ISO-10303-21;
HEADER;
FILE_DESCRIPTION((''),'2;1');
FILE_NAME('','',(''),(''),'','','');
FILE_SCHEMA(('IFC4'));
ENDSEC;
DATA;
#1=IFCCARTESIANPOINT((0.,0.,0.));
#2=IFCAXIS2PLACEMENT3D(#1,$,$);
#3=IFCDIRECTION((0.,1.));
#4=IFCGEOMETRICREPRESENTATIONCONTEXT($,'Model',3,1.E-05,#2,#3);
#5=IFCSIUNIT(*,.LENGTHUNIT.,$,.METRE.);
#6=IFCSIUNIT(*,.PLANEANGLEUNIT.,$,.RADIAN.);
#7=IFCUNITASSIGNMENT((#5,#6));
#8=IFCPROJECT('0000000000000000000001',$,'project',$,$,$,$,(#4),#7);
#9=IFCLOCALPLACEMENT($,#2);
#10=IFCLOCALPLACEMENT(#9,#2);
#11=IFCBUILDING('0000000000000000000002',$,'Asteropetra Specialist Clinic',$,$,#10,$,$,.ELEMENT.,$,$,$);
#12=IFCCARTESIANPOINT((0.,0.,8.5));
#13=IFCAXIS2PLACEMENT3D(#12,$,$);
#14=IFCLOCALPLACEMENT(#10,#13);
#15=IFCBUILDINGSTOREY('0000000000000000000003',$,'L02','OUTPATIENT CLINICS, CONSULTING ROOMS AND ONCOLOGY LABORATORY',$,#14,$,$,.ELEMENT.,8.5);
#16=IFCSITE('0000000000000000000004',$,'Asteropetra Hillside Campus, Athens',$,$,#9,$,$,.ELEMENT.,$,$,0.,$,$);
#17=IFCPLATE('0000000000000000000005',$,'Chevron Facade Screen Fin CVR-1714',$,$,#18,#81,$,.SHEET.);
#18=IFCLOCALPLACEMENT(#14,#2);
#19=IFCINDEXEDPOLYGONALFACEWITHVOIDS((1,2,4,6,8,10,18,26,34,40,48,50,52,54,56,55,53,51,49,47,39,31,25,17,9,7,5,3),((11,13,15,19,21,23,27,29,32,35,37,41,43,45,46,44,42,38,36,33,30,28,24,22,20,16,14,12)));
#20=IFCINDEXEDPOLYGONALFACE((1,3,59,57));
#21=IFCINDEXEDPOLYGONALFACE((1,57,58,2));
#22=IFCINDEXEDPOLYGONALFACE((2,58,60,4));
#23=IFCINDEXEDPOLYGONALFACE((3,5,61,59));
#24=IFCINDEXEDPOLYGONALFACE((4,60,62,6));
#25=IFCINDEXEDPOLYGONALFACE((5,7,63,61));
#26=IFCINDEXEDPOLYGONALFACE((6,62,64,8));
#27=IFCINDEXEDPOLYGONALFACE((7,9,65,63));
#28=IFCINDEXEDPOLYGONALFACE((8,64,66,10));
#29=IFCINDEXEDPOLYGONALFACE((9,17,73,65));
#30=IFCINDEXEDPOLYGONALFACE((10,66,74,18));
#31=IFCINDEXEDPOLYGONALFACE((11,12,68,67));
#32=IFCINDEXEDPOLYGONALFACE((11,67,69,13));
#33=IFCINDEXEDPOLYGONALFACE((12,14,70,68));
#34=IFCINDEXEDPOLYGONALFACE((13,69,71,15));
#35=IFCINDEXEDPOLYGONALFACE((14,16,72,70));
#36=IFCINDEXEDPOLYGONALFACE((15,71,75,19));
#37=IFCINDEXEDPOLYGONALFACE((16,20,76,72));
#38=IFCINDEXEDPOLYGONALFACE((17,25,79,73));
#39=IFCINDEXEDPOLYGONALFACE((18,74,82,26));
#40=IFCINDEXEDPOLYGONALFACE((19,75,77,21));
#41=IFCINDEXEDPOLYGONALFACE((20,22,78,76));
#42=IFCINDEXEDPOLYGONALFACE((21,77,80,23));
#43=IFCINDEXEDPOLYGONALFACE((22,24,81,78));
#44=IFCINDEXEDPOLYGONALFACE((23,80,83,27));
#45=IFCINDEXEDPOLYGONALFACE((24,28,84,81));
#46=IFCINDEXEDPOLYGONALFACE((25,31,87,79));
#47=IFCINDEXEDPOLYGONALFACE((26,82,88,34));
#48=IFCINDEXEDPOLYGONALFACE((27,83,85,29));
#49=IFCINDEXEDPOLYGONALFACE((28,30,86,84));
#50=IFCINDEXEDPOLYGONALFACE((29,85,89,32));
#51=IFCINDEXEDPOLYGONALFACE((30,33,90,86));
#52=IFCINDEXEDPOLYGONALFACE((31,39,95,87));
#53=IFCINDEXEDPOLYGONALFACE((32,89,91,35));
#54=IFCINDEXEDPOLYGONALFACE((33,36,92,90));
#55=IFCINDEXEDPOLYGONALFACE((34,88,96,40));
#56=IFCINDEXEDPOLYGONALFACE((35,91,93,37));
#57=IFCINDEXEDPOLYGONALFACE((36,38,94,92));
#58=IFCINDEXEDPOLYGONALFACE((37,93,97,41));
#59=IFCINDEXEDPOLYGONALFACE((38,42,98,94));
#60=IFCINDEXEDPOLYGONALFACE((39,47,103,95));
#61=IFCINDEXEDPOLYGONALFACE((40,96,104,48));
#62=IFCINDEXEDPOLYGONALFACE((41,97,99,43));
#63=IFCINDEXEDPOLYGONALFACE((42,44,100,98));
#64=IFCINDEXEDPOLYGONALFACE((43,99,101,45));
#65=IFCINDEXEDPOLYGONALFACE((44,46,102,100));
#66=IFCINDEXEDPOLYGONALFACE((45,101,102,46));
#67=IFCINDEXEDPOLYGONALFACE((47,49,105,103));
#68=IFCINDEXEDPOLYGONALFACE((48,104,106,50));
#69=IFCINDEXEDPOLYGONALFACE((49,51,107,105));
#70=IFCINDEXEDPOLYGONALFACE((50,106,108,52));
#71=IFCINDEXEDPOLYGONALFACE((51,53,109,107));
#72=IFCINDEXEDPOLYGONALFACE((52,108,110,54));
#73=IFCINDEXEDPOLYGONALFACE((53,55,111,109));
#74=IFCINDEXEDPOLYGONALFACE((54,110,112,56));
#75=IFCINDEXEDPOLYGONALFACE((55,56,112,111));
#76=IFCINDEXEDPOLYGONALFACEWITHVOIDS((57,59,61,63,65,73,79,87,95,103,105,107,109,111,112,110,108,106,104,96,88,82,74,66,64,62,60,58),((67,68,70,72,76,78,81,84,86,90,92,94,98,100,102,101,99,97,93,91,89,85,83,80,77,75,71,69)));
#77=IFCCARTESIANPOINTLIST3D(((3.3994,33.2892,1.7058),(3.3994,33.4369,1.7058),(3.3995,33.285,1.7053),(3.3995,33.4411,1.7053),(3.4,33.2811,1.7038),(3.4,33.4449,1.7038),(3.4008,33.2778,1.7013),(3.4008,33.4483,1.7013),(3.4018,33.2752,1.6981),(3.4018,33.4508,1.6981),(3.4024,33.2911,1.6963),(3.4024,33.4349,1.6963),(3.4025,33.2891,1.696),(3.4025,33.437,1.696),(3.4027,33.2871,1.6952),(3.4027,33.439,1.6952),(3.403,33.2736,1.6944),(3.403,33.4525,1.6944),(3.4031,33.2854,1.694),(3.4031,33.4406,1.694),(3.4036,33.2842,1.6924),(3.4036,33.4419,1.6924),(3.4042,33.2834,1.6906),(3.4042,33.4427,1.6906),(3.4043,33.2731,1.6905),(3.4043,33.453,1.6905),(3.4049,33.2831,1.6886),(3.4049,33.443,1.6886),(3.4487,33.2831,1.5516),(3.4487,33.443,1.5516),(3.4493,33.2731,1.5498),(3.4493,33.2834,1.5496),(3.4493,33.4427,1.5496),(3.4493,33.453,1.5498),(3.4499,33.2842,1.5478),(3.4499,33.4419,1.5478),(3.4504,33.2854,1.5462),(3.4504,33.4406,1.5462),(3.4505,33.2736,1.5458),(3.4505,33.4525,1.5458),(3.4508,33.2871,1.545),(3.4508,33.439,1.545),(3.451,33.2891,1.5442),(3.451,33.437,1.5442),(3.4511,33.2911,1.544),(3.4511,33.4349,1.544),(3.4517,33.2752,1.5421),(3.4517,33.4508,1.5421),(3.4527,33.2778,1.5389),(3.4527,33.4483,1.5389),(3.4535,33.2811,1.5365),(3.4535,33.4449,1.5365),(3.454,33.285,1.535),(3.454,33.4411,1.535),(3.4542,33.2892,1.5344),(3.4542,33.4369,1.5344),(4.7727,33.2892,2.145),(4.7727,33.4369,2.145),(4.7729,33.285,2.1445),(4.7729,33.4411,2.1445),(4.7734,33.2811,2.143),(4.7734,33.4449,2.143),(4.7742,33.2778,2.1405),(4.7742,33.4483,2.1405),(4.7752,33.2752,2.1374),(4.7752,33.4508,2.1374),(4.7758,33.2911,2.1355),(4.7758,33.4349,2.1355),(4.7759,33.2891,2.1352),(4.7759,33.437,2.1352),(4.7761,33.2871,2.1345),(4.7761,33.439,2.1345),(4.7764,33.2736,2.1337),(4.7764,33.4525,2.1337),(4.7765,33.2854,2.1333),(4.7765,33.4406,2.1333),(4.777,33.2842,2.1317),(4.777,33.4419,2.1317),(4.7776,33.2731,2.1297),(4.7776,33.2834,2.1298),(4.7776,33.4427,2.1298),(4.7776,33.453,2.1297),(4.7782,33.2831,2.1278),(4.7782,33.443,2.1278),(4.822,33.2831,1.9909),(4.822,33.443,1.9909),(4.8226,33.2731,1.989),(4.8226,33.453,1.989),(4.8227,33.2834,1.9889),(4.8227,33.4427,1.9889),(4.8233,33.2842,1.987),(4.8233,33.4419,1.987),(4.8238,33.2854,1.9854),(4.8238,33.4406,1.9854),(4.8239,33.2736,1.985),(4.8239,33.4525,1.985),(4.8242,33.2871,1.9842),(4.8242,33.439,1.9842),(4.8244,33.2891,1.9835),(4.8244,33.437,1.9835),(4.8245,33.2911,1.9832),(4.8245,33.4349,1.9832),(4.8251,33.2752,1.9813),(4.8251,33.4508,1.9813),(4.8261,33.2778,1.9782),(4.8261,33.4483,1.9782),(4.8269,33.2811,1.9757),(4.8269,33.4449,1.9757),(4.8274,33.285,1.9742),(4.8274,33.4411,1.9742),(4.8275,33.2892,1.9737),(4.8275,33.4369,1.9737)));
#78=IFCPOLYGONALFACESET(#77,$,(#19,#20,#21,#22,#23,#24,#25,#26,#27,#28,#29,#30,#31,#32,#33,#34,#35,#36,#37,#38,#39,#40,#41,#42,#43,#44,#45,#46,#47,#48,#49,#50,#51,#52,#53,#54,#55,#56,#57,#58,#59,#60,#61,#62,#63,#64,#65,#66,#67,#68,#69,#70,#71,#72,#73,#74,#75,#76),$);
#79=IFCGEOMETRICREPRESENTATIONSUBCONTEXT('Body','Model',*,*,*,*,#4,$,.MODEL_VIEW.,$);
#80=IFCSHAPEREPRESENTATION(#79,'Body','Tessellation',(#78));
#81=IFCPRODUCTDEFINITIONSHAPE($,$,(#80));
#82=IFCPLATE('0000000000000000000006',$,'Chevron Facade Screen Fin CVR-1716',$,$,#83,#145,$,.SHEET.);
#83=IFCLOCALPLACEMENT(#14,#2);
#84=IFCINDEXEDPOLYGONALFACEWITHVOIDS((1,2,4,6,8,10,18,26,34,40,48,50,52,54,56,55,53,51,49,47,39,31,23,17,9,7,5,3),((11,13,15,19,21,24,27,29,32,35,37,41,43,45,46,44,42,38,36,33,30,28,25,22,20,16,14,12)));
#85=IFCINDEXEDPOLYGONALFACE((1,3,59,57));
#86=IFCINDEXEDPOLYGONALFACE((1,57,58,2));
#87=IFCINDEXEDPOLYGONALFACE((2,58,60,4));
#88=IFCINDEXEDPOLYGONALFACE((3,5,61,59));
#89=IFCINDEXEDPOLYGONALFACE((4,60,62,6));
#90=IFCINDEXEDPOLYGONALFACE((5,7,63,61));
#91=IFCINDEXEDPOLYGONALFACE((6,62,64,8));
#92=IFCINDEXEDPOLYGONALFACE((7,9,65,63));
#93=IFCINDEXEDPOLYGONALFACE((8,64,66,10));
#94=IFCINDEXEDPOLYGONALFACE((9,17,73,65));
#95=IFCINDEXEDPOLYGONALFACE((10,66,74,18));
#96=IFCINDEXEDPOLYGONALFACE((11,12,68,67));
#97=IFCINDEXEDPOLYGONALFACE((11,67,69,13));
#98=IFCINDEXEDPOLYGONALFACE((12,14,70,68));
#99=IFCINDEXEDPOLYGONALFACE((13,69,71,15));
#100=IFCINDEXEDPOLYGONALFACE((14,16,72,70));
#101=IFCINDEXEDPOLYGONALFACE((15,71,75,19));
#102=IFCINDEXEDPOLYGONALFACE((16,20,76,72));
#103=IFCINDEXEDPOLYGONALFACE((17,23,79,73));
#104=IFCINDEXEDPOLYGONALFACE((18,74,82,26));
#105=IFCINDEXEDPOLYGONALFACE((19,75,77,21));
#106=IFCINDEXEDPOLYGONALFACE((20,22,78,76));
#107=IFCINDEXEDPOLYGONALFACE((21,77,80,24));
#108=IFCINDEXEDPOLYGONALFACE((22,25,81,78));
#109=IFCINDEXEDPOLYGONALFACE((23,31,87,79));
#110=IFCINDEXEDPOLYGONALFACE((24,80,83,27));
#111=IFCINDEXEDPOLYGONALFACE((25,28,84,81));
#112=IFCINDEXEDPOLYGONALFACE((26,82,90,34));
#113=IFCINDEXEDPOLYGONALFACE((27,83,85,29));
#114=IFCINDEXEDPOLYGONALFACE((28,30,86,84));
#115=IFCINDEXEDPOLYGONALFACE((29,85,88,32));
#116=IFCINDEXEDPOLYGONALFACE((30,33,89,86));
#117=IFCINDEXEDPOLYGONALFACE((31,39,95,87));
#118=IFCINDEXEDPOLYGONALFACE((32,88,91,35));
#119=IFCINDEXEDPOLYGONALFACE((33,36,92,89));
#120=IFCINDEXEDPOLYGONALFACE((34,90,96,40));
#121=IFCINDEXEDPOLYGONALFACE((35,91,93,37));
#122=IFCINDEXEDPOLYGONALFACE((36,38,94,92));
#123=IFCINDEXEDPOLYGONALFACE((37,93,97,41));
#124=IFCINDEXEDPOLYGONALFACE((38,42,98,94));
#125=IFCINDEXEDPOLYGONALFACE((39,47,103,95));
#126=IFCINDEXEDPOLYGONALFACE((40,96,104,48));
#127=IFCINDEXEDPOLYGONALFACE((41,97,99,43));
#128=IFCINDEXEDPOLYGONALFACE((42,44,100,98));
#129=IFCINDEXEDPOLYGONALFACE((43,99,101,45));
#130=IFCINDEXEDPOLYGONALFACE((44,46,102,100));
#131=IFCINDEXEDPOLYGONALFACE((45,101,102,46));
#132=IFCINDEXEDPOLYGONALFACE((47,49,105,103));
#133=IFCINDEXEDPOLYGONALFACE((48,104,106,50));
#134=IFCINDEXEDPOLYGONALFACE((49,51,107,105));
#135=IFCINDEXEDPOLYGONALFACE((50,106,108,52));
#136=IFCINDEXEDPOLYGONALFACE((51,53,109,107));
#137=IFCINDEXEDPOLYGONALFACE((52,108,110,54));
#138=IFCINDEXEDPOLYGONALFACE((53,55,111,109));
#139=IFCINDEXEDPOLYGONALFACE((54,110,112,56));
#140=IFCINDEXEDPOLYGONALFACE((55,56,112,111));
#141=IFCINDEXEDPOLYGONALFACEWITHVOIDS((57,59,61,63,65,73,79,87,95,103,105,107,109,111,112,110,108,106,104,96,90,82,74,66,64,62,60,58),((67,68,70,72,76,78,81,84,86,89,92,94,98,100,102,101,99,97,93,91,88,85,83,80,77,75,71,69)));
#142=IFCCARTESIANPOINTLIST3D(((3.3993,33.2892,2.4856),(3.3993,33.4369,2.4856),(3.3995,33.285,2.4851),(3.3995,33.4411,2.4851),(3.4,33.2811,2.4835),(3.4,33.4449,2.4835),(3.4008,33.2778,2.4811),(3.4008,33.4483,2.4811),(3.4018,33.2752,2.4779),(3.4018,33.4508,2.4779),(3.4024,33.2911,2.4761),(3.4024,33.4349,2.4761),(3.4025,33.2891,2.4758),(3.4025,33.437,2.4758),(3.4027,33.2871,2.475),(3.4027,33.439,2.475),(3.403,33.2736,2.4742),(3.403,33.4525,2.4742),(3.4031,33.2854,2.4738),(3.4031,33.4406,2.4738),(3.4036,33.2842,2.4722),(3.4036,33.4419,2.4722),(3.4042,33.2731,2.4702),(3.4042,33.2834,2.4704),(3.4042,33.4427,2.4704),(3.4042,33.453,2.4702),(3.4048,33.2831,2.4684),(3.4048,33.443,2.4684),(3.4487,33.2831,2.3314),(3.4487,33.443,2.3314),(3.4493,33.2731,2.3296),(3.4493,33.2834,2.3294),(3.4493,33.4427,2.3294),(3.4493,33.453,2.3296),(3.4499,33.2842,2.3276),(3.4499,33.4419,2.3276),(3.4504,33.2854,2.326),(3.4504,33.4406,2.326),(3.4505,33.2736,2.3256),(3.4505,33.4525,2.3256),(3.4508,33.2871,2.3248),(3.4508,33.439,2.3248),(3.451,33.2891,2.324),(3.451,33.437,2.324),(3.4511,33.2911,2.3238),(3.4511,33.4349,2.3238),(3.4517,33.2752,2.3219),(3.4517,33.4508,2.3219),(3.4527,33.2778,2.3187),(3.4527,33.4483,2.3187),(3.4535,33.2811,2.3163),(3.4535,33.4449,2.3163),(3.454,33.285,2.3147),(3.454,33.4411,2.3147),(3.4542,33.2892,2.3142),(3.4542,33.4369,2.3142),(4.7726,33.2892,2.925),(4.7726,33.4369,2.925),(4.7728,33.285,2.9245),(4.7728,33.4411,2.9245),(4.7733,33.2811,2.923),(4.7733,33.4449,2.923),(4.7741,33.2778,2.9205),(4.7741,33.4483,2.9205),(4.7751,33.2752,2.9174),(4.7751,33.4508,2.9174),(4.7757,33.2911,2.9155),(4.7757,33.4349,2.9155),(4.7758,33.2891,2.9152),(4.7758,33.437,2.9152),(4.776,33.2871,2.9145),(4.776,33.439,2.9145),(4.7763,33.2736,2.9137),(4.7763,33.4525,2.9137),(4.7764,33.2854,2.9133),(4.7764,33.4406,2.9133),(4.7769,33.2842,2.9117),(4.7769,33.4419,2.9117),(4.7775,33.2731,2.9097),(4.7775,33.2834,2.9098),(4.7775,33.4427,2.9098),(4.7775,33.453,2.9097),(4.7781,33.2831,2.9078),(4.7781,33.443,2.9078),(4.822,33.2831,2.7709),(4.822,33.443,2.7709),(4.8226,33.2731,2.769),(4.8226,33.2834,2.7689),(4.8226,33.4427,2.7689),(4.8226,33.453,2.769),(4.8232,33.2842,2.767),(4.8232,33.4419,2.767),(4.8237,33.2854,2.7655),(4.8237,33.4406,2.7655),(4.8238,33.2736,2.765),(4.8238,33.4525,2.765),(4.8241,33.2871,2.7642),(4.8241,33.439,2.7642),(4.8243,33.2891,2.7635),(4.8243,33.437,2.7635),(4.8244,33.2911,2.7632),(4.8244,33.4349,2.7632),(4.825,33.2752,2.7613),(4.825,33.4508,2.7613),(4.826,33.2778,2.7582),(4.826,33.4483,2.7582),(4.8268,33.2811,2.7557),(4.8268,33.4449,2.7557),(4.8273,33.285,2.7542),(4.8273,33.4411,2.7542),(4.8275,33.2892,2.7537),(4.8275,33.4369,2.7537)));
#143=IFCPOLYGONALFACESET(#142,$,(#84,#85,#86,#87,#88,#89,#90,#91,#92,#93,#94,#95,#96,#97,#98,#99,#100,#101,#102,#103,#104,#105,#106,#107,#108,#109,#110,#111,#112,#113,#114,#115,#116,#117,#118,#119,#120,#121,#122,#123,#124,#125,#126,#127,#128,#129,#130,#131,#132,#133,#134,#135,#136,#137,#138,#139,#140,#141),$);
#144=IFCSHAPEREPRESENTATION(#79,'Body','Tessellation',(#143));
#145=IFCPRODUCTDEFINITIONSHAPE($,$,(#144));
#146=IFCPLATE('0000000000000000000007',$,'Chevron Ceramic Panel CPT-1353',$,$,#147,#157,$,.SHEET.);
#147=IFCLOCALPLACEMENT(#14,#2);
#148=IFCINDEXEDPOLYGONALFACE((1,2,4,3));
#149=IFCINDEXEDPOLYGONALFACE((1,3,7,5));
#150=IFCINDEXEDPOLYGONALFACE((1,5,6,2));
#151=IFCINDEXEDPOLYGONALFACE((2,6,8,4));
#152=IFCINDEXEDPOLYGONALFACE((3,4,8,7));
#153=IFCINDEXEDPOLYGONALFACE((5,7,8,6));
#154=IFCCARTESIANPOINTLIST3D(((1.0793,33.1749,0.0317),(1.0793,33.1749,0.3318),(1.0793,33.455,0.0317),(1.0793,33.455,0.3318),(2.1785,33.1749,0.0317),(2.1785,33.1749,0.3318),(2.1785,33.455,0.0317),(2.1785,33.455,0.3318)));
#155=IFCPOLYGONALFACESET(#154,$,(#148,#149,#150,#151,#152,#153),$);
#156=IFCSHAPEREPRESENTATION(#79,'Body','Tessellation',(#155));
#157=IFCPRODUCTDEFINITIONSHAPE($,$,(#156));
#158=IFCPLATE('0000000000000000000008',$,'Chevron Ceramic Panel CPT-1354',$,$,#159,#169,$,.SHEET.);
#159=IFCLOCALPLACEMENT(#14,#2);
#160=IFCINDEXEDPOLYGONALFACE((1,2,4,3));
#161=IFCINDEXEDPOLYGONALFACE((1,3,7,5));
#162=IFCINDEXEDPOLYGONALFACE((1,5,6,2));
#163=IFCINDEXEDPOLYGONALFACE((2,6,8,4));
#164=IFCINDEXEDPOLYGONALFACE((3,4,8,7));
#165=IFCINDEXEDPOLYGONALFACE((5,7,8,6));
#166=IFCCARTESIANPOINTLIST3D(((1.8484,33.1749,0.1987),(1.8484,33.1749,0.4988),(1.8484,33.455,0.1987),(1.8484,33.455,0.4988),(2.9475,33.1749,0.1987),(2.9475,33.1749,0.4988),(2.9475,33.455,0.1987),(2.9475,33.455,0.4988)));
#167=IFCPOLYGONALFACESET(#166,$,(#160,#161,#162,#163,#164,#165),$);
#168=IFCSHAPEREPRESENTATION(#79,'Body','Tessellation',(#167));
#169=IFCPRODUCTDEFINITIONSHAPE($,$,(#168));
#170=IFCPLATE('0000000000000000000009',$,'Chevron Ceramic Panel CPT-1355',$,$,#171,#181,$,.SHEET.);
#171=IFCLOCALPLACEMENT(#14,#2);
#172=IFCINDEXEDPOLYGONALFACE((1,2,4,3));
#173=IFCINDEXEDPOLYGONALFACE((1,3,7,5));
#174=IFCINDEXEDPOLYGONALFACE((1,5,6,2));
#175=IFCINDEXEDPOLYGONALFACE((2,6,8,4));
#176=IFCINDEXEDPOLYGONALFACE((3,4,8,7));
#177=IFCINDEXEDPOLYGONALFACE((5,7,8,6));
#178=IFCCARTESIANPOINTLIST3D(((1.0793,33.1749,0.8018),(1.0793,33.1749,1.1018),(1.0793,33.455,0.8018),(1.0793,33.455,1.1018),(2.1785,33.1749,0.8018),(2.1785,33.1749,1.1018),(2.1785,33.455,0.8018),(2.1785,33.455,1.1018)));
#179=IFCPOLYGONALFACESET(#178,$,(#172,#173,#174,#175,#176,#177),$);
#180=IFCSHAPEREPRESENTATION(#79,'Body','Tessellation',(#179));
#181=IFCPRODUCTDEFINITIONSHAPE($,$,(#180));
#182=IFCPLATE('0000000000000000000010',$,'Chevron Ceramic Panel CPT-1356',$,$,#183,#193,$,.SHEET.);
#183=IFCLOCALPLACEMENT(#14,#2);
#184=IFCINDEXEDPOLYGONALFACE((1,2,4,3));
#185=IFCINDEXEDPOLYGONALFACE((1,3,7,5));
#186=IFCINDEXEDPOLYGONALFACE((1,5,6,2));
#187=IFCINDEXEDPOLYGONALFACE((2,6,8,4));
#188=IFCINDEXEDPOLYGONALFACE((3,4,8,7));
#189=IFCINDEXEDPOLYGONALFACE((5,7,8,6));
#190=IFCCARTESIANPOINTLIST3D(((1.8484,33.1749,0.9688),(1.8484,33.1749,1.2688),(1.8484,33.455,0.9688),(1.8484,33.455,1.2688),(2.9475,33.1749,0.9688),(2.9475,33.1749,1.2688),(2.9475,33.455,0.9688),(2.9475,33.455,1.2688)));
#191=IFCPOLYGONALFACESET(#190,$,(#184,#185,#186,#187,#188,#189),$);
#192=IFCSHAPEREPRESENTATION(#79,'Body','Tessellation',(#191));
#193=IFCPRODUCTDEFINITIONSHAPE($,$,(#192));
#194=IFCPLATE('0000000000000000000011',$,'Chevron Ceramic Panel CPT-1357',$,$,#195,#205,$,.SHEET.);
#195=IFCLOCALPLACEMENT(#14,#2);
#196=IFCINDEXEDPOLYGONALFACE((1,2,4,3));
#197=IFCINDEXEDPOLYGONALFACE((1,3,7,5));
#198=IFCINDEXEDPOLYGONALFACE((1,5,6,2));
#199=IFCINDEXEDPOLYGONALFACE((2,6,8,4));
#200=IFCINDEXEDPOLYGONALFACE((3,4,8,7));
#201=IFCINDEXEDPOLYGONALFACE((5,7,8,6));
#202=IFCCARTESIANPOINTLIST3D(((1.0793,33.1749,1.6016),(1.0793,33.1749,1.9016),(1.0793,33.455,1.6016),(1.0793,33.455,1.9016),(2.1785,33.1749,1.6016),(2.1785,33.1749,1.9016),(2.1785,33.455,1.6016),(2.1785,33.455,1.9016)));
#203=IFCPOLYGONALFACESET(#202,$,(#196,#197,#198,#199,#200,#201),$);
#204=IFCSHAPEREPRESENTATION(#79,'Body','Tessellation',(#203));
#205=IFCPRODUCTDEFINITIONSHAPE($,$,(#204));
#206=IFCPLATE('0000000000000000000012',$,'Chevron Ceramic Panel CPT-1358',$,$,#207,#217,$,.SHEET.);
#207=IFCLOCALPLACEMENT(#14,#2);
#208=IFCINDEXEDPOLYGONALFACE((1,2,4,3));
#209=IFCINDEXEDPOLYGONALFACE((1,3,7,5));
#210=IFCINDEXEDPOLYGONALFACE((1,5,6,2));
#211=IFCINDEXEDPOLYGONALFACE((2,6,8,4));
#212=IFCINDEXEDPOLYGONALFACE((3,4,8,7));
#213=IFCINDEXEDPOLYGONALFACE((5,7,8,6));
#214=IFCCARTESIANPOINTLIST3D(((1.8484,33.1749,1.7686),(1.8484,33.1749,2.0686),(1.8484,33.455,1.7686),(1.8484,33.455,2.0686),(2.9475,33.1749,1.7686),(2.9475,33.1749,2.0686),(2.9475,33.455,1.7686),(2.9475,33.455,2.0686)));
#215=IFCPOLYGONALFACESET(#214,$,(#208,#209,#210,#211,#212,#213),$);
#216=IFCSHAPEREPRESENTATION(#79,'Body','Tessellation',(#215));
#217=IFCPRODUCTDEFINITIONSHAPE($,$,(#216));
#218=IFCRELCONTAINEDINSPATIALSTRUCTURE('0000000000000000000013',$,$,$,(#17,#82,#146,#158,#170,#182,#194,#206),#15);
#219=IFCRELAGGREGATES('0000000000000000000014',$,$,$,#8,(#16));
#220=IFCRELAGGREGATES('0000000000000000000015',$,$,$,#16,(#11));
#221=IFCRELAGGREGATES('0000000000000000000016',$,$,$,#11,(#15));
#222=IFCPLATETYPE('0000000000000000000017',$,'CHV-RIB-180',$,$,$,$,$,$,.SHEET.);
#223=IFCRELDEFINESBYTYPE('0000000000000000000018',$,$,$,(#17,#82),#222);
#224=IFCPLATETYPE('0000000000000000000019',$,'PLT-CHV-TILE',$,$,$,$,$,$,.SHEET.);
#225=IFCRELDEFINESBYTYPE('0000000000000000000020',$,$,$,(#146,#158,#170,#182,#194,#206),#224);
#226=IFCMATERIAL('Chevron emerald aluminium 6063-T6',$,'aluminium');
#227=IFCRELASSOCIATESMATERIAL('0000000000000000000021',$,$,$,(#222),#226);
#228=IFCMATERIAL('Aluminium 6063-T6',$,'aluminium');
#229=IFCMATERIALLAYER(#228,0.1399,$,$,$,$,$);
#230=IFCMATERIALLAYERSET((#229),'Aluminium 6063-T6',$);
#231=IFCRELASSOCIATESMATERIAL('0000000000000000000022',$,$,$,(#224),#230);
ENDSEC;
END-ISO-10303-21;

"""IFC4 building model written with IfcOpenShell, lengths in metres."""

from ifc_helpers import new_model, si_unit, direction, frame, origin, origin_2d, place, context, subcontext, project, spatial, rectangle, hollow_rectangle, extrude, material, layer, layer_set, material_profile, profile_set, type_object, element, save


model = new_model("IFC4")

# Units and contexts
model_context = context("Model", 3, precision=1e-05, world=origin(), true_north=direction((0.0, 1.0)))
body_context = subcontext(model_context, "Body", "Model", "MODEL_VIEW")
ifc_project = project(units=[si_unit("LENGTHUNIT", "METRE"), si_unit("PLANEANGLEUNIT", "RADIAN")], contexts=[model_context])

# Site, building, storey
site_placement = place(None, origin())
site = spatial("IfcSite", under=ifc_project, at=site_placement, Name="Asteropetra Hillside Campus, Athens", CompositionType="ELEMENT", RefElevation=0.0)
building_placement = place(site_placement, origin())
building = spatial("IfcBuilding", under=site, at=building_placement, Name="Asteropetra Specialist Clinic", CompositionType="ELEMENT")
storey_placement = place(building_placement, frame((0.0, 0.0, 8.5)))
storey = spatial("IfcBuildingStorey", under=building, at=storey_placement, Name="L02", Description="OUTPATIENT CLINICS, CONSULTING ROOMS AND ONCOLOGY LABORATORY", CompositionType="ELEMENT", Elevation=8.5)

# Plates
ifc_material_1 = material(Name="Chevron emerald aluminium 6063-T6", Category="aluminium")
ifc_material_profile_1 = material_profile(ifc_material_1, hollow_rectangle(XDim=0.1799, YDim=0.1799, WallThickness=0.01, InnerFilletRadius=0.0081, OuterFilletRadius=0.0161, at=origin_2d()), Name="SHS 180x180x10.0")
ifc_profile_set_1 = profile_set([ifc_material_profile_1], Name="Chevron emerald aluminium 6063-T6")
plate_type_1 = type_object("IfcPlateType", Name="CHV-RIB-180", PredefinedType="SHEET", material=ifc_profile_set_1)
for number, where, z_axis, x_axis, name in (
    (1, (3.4268, 33.363, 1.6201), (0.952473, 0.0, 0.304622), (0.0, 1.0, 0.0), "Chevron Facade Screen Fin CVR-1714"),
    (2, (3.4268, 33.363, 2.3999), (0.952424, 0.0, 0.304776), (0.0, 1.0, 0.0), "Chevron Facade Screen Fin CVR-1716"),
):
    element("IfcPlate", number, at=place(storey_placement, frame(where, z_axis=z_axis, x_axis=x_axis)), inside=storey, type_object=plate_type_1, Name=name, PredefinedType="SHEET", context=body_context, shape_type="SweptSolid", body=[
        extrude(hollow_rectangle(XDim=0.1799, YDim=0.1799, WallThickness=0.01, InnerFilletRadius=0.0081, OuterFilletRadius=0.0161, at=origin_2d()), origin(), (0.0, 0.0, 1.0), 1.4419),
    ])
ifc_material_2 = material(Name="Aluminium 6063-T6", Category="aluminium")
ifc_layer_1 = layer(ifc_material_2, 0.1399)
ifc_layer_set_1 = layer_set([ifc_layer_1], Name="Aluminium 6063-T6")
plate_type_2 = type_object("IfcPlateType", Name="PLT-CHV-TILE", PredefinedType="SHEET", material=ifc_layer_set_1)
for number, where, z_axis, x_axis, name in (
    (3, (1.6289, 33.3149, 0.0317), (0.0, 0.0, 1.0), (1.0, 0.0, 0.0), "Chevron Ceramic Panel CPT-1353"),
    (4, (2.3979, 33.3149, 0.1987), (0.0, 0.0, 1.0), (1.0, 0.0, 0.0), "Chevron Ceramic Panel CPT-1354"),
    (5, (1.6289, 33.3149, 0.8018), (0.0, 0.0, 1.0), (1.0, 0.0, 0.0), "Chevron Ceramic Panel CPT-1355"),
    (6, (2.3979, 33.3149, 0.9688), (0.0, 0.0, 1.0), (1.0, 0.0, 0.0), "Chevron Ceramic Panel CPT-1356"),
    (7, (1.6289, 33.3149, 1.6016), (0.0, 0.0, 1.0), (1.0, 0.0, 0.0), "Chevron Ceramic Panel CPT-1357"),
    (8, (2.3979, 33.3149, 1.7686), (0.0, 0.0, 1.0), (1.0, 0.0, 0.0), "Chevron Ceramic Panel CPT-1358"),
):
    element("IfcPlate", number, at=place(storey_placement, frame(where, z_axis=z_axis, x_axis=x_axis)), inside=storey, type_object=plate_type_2, Name=name, PredefinedType="SHEET", context=body_context, shape_type="SweptSolid", body=[
        extrude(rectangle(XDim=1.0991, YDim=0.28, at=origin_2d()), origin(), (0.0, 0.0, 1.0), 0.3),
    ])

save(model, "model.ifc")
